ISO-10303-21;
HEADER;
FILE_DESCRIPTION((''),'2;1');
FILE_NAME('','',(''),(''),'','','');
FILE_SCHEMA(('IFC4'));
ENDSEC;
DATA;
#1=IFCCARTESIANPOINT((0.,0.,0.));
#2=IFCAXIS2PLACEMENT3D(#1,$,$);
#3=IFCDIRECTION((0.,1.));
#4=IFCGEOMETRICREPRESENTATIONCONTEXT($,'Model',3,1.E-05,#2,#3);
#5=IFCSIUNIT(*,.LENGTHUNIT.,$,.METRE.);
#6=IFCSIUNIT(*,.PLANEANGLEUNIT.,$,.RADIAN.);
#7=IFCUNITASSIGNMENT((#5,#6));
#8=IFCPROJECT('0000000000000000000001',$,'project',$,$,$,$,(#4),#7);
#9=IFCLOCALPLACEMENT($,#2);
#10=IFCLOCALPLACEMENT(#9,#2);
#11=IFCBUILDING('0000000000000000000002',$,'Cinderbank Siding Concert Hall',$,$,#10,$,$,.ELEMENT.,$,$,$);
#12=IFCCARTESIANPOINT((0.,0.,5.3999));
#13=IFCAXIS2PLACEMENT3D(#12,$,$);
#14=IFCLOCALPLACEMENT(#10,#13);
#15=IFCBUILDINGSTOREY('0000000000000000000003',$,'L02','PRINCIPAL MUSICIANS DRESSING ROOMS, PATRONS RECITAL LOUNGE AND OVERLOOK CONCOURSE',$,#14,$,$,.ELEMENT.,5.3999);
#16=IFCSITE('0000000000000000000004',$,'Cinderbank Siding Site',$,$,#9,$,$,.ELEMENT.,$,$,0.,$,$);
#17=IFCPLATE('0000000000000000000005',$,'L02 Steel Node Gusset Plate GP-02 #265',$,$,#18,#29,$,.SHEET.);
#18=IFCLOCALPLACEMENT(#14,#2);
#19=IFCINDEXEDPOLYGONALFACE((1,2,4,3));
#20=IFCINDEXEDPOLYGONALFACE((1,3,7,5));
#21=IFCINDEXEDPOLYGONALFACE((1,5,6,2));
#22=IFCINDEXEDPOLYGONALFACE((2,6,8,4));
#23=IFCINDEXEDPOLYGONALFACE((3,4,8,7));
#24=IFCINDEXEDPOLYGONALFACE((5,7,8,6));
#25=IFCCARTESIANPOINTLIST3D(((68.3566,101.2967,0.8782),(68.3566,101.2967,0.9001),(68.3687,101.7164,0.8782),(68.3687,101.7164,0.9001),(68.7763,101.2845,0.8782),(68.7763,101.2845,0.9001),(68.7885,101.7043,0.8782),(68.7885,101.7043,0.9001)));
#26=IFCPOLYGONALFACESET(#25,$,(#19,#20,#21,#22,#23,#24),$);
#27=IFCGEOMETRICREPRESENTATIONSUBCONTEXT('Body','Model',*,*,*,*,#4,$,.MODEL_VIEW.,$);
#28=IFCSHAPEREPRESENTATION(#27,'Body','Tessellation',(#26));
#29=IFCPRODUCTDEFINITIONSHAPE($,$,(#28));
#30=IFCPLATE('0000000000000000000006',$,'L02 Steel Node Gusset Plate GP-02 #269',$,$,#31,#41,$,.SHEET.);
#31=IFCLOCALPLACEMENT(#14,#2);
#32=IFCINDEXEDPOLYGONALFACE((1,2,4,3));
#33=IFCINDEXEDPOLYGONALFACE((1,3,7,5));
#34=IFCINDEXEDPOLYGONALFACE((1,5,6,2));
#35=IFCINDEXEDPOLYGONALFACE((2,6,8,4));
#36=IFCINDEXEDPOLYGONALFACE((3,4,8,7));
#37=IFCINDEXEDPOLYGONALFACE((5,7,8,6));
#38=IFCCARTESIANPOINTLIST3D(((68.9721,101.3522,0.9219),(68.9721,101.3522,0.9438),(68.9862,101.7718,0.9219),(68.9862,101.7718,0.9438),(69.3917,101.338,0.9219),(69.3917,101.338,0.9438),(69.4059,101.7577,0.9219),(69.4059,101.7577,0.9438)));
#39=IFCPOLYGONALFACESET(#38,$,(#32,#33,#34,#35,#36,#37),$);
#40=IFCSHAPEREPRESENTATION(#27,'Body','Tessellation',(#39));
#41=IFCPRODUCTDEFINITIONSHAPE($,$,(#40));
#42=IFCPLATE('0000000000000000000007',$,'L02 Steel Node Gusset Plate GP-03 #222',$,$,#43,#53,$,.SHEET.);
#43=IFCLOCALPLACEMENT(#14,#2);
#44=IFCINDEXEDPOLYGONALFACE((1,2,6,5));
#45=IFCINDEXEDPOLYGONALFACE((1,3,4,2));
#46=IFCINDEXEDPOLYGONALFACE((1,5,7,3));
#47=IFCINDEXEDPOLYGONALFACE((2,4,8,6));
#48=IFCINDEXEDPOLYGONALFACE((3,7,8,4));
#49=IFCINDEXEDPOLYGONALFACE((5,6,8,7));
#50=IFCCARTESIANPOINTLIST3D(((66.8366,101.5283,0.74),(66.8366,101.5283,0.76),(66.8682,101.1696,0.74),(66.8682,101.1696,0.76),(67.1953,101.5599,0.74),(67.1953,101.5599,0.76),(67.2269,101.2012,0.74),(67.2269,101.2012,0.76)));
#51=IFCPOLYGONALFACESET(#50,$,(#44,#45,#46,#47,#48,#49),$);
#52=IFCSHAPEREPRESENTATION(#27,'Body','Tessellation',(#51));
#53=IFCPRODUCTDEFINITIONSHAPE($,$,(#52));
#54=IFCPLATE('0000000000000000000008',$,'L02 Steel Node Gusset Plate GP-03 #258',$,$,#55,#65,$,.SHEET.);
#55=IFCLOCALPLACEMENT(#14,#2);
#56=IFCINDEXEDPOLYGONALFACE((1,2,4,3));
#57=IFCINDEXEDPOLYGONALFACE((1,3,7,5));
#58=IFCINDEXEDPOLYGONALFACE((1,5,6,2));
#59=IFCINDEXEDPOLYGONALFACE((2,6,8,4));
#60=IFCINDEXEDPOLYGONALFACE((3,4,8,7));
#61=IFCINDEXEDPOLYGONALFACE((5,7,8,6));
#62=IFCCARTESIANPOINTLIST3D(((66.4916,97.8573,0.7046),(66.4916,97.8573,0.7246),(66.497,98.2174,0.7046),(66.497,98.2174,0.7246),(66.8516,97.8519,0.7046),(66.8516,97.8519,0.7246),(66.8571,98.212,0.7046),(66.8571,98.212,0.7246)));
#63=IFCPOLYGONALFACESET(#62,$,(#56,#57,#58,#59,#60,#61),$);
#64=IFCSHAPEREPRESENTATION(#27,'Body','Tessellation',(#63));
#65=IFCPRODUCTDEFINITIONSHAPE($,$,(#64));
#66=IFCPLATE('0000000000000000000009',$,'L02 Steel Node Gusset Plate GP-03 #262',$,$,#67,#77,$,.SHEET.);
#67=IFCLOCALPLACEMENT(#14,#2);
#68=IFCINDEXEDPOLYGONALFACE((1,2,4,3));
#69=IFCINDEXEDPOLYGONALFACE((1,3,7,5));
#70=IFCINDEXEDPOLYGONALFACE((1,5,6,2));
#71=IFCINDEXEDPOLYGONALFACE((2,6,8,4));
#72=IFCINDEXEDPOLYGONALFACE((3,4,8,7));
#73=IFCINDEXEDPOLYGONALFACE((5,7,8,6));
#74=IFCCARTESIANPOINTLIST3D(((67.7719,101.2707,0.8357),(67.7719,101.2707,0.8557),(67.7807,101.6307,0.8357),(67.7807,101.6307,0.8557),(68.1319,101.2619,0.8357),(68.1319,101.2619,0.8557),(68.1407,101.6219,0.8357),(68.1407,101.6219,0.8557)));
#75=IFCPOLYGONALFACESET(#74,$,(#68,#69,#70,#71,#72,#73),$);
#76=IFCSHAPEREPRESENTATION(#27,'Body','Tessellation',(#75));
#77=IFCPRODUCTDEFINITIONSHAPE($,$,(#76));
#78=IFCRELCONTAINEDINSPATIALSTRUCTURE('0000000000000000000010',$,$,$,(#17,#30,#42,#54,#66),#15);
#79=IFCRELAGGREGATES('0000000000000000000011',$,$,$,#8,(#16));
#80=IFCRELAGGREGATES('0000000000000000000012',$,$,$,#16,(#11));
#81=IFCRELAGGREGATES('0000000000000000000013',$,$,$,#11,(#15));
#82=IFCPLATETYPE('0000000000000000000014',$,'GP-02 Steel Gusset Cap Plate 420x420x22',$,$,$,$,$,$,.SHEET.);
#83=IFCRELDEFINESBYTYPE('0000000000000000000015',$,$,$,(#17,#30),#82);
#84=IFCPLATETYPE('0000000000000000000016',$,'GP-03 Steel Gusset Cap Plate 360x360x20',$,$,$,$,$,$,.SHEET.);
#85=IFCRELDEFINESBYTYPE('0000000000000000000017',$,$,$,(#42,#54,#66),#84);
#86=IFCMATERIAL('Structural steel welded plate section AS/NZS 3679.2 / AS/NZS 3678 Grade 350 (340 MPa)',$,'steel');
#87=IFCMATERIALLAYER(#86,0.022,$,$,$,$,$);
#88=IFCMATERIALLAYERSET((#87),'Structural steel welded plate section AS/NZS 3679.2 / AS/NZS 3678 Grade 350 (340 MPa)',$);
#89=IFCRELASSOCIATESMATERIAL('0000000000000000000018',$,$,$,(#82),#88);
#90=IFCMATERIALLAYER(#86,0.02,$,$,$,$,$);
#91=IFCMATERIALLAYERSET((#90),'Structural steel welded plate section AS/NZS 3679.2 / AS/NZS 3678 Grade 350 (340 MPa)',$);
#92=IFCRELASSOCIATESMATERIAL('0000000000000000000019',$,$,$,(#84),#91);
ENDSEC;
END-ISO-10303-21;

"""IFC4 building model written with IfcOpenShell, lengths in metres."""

from ifc_helpers import new_model, si_unit, direction, frame, origin, origin_2d, place, context, subcontext, project, spatial, rectangle, extrude, material, layer, layer_set, type_object, element, save


model = new_model("IFC4")

# Units and contexts
model_context = context("Model", 3, precision=1e-05, world=origin(), true_north=direction((0.0, 1.0)))
body_context = subcontext(model_context, "Body", "Model", "MODEL_VIEW")
ifc_project = project(units=[si_unit("LENGTHUNIT", "METRE"), si_unit("PLANEANGLEUNIT", "RADIAN")], contexts=[model_context])

# Site, building, storey
site_placement = place(None, origin())
site = spatial("IfcSite", under=ifc_project, at=site_placement, Name="Cinderbank Siding Site", CompositionType="ELEMENT", RefElevation=0.0)
building_placement = place(site_placement, origin())
building = spatial("IfcBuilding", under=site, at=building_placement, Name="Cinderbank Siding Concert Hall", CompositionType="ELEMENT")
storey_placement = place(building_placement, frame((0.0, 0.0, 5.3999)))
storey = spatial("IfcBuildingStorey", under=building, at=storey_placement, Name="L02", Description="PRINCIPAL MUSICIANS DRESSING ROOMS, PATRONS RECITAL LOUNGE AND OVERLOOK CONCOURSE", CompositionType="ELEMENT", Elevation=5.3999)

# Plates
ifc_material_1 = material(Name="Structural steel welded plate section AS/NZS 3679.2 / AS/NZS 3678 Grade 350 (340 MPa)", Category="steel")
ifc_layer_1 = layer(ifc_material_1, 0.022)
ifc_layer_set_1 = layer_set([ifc_layer_1], Name="Structural steel welded plate section AS/NZS 3679.2 / AS/NZS 3678 Grade 350 (340 MPa)")
plate_type_1 = type_object("IfcPlateType", Name="GP-02 Steel Gusset Cap Plate 420x420x22", PredefinedType="SHEET", material=ifc_layer_set_1)
for number, where, z_axis, x_axis, name in (
    (1, (68.5725, 101.5005, 0.8782), (0.0, 0.0, 1.0), (0.028968, 0.99958, 0.0), "L02 Steel Node Gusset Plate GP-02 #265"),
    (2, (69.189, 101.5549, 0.9219), (0.0, 0.0, 1.0), (0.033678, 0.999433, 0.0), "L02 Steel Node Gusset Plate GP-02 #269"),
):
    element("IfcPlate", number, at=place(storey_placement, frame(where, z_axis=z_axis, x_axis=x_axis)), inside=storey, type_object=plate_type_1, Name=name, PredefinedType="SHEET", context=body_context, shape_type="SweptSolid", body=[
        extrude(rectangle(XDim=0.4199, YDim=0.4199, at=origin_2d()), origin(), (0.0, 0.0, 1.0), 0.022),
    ])
ifc_layer_2 = layer(ifc_material_1, 0.02)
ifc_layer_set_2 = layer_set([ifc_layer_2], Name="Structural steel welded plate section AS/NZS 3679.2 / AS/NZS 3678 Grade 350 (340 MPa)")
plate_type_2 = type_object("IfcPlateType", Name="GP-03 Steel Gusset Cap Plate 360x360x20", PredefinedType="SHEET", material=ifc_layer_set_2)
for number, where, z_axis, x_axis, name in (
    (3, (67.0317, 101.3647, 0.74), (0.0, 0.0, 1.0), (0.996134, 0.087851, 0.0), "L02 Steel Node Gusset Plate GP-03 #222"),
    (4, (66.6743, 98.0347, 0.7046), (0.0, 0.0, 1.0), (0.015009, 0.999887, 0.0), "L02 Steel Node Gusset Plate GP-03 #258"),
    (5, (67.9563, 101.4463, 0.8357), (0.0, 0.0, 1.0), (0.024258, 0.999706, 0.0), "L02 Steel Node Gusset Plate GP-03 #262"),
):
    element("IfcPlate", number, at=place(storey_placement, frame(where, z_axis=z_axis, x_axis=x_axis)), inside=storey, type_object=plate_type_2, Name=name, PredefinedType="SHEET", context=body_context, shape_type="SweptSolid", body=[
        extrude(rectangle(XDim=0.3601, YDim=0.3601, at=origin_2d()), origin(), (0.0, 0.0, 1.0), 0.02),
    ])

save(model, "model.ifc")
